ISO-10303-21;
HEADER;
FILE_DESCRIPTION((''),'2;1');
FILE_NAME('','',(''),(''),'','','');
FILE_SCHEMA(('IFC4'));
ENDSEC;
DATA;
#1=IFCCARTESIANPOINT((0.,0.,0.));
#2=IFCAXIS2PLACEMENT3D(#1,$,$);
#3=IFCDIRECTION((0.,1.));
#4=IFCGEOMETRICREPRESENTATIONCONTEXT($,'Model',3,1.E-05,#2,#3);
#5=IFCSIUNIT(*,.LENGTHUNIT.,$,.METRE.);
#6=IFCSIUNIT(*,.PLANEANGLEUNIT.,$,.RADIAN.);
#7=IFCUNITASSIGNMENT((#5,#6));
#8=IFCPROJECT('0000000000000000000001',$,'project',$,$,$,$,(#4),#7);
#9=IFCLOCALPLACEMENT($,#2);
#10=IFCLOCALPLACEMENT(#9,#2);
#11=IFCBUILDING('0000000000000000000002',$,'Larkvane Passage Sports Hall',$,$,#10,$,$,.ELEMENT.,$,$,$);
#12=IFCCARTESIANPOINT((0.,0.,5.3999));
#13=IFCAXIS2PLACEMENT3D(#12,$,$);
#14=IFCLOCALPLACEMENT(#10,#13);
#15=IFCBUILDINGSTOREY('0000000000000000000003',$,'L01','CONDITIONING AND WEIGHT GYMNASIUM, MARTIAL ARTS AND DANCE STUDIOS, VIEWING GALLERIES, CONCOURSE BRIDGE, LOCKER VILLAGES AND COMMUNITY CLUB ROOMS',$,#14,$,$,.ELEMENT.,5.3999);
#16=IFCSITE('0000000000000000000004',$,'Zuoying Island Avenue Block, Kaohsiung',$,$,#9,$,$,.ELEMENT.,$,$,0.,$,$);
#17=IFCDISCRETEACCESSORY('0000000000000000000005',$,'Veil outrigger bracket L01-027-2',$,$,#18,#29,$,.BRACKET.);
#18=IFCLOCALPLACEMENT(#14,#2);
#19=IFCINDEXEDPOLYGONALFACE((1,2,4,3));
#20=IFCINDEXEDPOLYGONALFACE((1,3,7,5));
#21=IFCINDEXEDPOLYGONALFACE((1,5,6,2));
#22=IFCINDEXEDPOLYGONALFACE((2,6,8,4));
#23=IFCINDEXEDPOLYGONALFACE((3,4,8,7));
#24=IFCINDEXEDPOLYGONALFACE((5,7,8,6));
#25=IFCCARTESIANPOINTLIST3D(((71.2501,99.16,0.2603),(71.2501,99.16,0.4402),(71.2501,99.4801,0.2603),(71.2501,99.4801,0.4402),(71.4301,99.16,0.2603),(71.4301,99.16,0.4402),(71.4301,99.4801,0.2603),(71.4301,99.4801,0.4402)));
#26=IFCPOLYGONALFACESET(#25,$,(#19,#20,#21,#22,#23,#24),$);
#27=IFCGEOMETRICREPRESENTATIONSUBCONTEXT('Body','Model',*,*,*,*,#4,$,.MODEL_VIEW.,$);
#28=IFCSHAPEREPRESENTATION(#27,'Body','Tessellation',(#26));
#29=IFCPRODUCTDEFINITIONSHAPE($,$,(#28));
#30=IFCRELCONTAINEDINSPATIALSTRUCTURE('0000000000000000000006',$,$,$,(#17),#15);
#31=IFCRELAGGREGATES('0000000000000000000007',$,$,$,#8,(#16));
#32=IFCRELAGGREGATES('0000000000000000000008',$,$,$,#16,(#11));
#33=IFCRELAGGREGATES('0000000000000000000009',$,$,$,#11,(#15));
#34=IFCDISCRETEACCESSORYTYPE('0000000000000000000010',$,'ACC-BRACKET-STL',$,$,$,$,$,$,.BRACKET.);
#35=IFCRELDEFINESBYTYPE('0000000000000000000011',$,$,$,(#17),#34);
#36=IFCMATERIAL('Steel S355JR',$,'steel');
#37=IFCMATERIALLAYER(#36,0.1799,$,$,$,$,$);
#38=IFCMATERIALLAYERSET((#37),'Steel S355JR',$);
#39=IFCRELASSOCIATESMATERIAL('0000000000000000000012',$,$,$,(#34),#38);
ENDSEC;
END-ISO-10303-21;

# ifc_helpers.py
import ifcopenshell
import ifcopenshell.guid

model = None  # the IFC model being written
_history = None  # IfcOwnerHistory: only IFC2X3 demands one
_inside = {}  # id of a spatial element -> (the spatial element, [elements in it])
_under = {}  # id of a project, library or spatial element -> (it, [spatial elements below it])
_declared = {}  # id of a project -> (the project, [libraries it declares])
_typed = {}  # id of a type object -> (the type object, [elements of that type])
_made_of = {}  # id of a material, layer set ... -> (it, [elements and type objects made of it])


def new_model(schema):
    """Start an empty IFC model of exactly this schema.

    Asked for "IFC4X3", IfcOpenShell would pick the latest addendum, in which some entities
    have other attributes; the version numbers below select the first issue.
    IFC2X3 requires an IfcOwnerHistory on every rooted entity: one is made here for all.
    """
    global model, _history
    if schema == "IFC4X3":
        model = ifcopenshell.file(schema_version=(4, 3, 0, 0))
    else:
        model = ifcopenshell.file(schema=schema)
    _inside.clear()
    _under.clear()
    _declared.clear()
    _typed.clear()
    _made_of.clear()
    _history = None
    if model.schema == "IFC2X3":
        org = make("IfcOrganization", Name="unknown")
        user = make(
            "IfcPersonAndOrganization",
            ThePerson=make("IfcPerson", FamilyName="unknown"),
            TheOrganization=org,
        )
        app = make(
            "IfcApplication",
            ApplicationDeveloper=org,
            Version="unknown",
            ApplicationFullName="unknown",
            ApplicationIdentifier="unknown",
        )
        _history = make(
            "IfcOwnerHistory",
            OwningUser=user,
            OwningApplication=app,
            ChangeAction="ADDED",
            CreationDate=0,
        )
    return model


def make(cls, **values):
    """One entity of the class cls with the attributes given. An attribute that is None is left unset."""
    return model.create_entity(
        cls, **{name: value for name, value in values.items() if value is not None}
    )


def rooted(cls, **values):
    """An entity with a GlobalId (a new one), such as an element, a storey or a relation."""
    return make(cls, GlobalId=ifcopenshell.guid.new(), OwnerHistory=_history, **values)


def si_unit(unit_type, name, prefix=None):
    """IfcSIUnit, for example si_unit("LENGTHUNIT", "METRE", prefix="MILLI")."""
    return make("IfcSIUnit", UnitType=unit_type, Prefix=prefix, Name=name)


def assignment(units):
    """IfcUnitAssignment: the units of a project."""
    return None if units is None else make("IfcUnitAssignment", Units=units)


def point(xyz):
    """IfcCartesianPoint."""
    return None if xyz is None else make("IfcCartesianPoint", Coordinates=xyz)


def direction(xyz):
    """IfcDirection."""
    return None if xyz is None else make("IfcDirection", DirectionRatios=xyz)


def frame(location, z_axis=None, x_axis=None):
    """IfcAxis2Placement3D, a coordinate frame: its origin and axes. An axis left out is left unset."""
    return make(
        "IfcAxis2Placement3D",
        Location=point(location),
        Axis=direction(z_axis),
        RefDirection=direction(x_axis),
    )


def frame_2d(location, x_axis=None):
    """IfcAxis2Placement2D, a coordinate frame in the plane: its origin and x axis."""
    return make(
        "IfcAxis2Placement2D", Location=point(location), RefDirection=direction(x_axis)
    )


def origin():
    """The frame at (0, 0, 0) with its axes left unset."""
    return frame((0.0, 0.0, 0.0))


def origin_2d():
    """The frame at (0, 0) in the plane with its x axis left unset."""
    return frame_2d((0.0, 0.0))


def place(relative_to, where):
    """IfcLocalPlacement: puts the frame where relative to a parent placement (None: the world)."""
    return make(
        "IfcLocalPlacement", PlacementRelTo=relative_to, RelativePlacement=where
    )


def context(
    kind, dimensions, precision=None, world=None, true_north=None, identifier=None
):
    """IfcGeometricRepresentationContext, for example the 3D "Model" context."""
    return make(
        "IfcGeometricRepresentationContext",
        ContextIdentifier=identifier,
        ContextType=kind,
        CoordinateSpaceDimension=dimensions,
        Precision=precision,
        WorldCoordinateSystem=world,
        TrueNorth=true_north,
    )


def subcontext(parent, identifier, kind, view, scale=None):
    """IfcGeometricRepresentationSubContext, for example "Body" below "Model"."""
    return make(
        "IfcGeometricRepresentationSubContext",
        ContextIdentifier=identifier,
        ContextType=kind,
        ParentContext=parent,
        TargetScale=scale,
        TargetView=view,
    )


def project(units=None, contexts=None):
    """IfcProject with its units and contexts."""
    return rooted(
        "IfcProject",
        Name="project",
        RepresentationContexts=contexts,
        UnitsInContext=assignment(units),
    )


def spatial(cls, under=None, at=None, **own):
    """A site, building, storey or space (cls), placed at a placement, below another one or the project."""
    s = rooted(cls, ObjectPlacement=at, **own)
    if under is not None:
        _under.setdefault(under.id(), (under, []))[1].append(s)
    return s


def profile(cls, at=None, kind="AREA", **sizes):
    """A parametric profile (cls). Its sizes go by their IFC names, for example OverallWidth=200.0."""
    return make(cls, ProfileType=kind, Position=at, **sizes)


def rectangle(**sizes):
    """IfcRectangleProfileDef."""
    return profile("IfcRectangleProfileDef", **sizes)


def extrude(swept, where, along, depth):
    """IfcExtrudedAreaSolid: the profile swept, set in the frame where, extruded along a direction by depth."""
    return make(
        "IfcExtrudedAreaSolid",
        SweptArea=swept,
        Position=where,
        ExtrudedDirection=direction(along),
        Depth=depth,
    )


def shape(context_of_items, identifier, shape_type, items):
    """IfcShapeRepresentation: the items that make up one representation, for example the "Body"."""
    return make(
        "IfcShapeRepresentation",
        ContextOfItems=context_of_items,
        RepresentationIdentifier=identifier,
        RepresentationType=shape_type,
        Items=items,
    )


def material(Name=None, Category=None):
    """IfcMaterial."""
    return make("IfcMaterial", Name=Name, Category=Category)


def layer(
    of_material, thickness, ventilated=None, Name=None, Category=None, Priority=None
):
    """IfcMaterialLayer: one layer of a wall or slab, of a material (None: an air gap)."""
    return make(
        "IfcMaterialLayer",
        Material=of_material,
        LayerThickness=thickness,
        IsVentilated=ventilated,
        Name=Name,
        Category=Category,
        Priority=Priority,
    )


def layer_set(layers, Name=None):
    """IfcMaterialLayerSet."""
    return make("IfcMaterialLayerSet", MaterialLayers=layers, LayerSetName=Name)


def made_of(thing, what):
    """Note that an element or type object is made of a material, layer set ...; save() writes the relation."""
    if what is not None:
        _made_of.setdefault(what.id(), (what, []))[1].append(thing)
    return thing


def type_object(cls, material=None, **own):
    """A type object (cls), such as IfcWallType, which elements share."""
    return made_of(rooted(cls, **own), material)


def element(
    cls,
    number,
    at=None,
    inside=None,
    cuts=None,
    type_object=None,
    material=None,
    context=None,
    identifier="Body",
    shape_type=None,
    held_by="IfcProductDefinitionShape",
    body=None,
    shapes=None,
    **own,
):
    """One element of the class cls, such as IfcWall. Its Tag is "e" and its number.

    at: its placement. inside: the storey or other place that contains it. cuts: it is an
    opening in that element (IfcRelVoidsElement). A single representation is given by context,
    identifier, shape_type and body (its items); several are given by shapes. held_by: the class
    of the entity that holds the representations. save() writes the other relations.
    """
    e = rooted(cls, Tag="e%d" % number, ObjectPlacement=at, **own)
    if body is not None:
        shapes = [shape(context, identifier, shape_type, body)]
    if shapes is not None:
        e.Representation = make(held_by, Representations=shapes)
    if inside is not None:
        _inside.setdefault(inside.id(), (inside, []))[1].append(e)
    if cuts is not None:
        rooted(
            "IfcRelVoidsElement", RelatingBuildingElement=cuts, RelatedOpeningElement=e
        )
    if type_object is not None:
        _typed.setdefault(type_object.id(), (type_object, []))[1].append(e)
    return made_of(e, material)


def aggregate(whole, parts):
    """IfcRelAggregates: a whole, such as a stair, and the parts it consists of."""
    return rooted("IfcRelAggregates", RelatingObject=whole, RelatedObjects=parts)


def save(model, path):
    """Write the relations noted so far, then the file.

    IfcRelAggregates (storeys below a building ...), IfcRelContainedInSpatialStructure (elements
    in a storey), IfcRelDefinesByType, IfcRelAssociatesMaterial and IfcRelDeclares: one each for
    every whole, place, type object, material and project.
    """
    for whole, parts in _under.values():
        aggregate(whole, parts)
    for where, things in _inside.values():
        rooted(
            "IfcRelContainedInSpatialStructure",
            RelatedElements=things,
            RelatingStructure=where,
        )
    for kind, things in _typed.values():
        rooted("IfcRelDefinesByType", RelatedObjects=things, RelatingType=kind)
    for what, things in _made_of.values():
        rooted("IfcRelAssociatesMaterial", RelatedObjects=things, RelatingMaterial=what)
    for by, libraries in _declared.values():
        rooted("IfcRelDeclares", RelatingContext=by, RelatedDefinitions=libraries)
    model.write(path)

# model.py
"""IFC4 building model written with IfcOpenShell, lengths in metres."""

from ifc_helpers import new_model, si_unit, direction, frame, origin, origin_2d, place, context, subcontext, project, spatial, rectangle, extrude, material, layer, layer_set, type_object, element, save


model = new_model("IFC4")

# Units and contexts
model_context = context("Model", 3, precision=1e-05, world=origin(), true_north=direction((0.0, 1.0)))
body_context = subcontext(model_context, "Body", "Model", "MODEL_VIEW")
ifc_project = project(units=[si_unit("LENGTHUNIT", "METRE"), si_unit("PLANEANGLEUNIT", "RADIAN")], contexts=[model_context])

# Site, building, storey
site_placement = place(None, origin())
site = spatial("IfcSite", under=ifc_project, at=site_placement, Name="Zuoying Island Avenue Block, Kaohsiung", CompositionType="ELEMENT", RefElevation=0.0)
building_placement = place(site_placement, origin())
building = spatial("IfcBuilding", under=site, at=building_placement, Name="Larkvane Passage Sports Hall", CompositionType="ELEMENT")
storey_placement = place(building_placement, frame((0.0, 0.0, 5.3999)))
storey = spatial("IfcBuildingStorey", under=building, at=storey_placement, Name="L01", Description="CONDITIONING AND WEIGHT GYMNASIUM, MARTIAL ARTS AND DANCE STUDIOS, VIEWING GALLERIES, CONCOURSE BRIDGE, LOCKER VILLAGES AND COMMUNITY CLUB ROOMS", CompositionType="ELEMENT", Elevation=5.3999)

# Discrete accessory
ifc_material_1 = material(Name="Steel S355JR", Category="steel")
ifc_layer_1 = layer(ifc_material_1, 0.1799)
ifc_layer_set_1 = layer_set([ifc_layer_1], Name="Steel S355JR")
discrete_accessory_type = type_object("IfcDiscreteAccessoryType", Name="ACC-BRACKET-STL", PredefinedType="BRACKET", material=ifc_layer_set_1)
discrete_accessory_placement = place(storey_placement, frame((71.3401, 99.3201, 0.2603), z_axis=(0.0, 0.0, 1.0), x_axis=(1.0, 0.0, 0.0)))
element("IfcDiscreteAccessory", 1, at=discrete_accessory_placement, inside=storey, type_object=discrete_accessory_type, Name="Veil outrigger bracket L01-027-2", PredefinedType="BRACKET", context=body_context, shape_type="SweptSolid", body=[
    extrude(rectangle(XDim=0.1799, YDim=0.3201, at=origin_2d()), origin(), (0.0, 0.0, 1.0), 0.1799),
])

save(model, "model.ifc")
